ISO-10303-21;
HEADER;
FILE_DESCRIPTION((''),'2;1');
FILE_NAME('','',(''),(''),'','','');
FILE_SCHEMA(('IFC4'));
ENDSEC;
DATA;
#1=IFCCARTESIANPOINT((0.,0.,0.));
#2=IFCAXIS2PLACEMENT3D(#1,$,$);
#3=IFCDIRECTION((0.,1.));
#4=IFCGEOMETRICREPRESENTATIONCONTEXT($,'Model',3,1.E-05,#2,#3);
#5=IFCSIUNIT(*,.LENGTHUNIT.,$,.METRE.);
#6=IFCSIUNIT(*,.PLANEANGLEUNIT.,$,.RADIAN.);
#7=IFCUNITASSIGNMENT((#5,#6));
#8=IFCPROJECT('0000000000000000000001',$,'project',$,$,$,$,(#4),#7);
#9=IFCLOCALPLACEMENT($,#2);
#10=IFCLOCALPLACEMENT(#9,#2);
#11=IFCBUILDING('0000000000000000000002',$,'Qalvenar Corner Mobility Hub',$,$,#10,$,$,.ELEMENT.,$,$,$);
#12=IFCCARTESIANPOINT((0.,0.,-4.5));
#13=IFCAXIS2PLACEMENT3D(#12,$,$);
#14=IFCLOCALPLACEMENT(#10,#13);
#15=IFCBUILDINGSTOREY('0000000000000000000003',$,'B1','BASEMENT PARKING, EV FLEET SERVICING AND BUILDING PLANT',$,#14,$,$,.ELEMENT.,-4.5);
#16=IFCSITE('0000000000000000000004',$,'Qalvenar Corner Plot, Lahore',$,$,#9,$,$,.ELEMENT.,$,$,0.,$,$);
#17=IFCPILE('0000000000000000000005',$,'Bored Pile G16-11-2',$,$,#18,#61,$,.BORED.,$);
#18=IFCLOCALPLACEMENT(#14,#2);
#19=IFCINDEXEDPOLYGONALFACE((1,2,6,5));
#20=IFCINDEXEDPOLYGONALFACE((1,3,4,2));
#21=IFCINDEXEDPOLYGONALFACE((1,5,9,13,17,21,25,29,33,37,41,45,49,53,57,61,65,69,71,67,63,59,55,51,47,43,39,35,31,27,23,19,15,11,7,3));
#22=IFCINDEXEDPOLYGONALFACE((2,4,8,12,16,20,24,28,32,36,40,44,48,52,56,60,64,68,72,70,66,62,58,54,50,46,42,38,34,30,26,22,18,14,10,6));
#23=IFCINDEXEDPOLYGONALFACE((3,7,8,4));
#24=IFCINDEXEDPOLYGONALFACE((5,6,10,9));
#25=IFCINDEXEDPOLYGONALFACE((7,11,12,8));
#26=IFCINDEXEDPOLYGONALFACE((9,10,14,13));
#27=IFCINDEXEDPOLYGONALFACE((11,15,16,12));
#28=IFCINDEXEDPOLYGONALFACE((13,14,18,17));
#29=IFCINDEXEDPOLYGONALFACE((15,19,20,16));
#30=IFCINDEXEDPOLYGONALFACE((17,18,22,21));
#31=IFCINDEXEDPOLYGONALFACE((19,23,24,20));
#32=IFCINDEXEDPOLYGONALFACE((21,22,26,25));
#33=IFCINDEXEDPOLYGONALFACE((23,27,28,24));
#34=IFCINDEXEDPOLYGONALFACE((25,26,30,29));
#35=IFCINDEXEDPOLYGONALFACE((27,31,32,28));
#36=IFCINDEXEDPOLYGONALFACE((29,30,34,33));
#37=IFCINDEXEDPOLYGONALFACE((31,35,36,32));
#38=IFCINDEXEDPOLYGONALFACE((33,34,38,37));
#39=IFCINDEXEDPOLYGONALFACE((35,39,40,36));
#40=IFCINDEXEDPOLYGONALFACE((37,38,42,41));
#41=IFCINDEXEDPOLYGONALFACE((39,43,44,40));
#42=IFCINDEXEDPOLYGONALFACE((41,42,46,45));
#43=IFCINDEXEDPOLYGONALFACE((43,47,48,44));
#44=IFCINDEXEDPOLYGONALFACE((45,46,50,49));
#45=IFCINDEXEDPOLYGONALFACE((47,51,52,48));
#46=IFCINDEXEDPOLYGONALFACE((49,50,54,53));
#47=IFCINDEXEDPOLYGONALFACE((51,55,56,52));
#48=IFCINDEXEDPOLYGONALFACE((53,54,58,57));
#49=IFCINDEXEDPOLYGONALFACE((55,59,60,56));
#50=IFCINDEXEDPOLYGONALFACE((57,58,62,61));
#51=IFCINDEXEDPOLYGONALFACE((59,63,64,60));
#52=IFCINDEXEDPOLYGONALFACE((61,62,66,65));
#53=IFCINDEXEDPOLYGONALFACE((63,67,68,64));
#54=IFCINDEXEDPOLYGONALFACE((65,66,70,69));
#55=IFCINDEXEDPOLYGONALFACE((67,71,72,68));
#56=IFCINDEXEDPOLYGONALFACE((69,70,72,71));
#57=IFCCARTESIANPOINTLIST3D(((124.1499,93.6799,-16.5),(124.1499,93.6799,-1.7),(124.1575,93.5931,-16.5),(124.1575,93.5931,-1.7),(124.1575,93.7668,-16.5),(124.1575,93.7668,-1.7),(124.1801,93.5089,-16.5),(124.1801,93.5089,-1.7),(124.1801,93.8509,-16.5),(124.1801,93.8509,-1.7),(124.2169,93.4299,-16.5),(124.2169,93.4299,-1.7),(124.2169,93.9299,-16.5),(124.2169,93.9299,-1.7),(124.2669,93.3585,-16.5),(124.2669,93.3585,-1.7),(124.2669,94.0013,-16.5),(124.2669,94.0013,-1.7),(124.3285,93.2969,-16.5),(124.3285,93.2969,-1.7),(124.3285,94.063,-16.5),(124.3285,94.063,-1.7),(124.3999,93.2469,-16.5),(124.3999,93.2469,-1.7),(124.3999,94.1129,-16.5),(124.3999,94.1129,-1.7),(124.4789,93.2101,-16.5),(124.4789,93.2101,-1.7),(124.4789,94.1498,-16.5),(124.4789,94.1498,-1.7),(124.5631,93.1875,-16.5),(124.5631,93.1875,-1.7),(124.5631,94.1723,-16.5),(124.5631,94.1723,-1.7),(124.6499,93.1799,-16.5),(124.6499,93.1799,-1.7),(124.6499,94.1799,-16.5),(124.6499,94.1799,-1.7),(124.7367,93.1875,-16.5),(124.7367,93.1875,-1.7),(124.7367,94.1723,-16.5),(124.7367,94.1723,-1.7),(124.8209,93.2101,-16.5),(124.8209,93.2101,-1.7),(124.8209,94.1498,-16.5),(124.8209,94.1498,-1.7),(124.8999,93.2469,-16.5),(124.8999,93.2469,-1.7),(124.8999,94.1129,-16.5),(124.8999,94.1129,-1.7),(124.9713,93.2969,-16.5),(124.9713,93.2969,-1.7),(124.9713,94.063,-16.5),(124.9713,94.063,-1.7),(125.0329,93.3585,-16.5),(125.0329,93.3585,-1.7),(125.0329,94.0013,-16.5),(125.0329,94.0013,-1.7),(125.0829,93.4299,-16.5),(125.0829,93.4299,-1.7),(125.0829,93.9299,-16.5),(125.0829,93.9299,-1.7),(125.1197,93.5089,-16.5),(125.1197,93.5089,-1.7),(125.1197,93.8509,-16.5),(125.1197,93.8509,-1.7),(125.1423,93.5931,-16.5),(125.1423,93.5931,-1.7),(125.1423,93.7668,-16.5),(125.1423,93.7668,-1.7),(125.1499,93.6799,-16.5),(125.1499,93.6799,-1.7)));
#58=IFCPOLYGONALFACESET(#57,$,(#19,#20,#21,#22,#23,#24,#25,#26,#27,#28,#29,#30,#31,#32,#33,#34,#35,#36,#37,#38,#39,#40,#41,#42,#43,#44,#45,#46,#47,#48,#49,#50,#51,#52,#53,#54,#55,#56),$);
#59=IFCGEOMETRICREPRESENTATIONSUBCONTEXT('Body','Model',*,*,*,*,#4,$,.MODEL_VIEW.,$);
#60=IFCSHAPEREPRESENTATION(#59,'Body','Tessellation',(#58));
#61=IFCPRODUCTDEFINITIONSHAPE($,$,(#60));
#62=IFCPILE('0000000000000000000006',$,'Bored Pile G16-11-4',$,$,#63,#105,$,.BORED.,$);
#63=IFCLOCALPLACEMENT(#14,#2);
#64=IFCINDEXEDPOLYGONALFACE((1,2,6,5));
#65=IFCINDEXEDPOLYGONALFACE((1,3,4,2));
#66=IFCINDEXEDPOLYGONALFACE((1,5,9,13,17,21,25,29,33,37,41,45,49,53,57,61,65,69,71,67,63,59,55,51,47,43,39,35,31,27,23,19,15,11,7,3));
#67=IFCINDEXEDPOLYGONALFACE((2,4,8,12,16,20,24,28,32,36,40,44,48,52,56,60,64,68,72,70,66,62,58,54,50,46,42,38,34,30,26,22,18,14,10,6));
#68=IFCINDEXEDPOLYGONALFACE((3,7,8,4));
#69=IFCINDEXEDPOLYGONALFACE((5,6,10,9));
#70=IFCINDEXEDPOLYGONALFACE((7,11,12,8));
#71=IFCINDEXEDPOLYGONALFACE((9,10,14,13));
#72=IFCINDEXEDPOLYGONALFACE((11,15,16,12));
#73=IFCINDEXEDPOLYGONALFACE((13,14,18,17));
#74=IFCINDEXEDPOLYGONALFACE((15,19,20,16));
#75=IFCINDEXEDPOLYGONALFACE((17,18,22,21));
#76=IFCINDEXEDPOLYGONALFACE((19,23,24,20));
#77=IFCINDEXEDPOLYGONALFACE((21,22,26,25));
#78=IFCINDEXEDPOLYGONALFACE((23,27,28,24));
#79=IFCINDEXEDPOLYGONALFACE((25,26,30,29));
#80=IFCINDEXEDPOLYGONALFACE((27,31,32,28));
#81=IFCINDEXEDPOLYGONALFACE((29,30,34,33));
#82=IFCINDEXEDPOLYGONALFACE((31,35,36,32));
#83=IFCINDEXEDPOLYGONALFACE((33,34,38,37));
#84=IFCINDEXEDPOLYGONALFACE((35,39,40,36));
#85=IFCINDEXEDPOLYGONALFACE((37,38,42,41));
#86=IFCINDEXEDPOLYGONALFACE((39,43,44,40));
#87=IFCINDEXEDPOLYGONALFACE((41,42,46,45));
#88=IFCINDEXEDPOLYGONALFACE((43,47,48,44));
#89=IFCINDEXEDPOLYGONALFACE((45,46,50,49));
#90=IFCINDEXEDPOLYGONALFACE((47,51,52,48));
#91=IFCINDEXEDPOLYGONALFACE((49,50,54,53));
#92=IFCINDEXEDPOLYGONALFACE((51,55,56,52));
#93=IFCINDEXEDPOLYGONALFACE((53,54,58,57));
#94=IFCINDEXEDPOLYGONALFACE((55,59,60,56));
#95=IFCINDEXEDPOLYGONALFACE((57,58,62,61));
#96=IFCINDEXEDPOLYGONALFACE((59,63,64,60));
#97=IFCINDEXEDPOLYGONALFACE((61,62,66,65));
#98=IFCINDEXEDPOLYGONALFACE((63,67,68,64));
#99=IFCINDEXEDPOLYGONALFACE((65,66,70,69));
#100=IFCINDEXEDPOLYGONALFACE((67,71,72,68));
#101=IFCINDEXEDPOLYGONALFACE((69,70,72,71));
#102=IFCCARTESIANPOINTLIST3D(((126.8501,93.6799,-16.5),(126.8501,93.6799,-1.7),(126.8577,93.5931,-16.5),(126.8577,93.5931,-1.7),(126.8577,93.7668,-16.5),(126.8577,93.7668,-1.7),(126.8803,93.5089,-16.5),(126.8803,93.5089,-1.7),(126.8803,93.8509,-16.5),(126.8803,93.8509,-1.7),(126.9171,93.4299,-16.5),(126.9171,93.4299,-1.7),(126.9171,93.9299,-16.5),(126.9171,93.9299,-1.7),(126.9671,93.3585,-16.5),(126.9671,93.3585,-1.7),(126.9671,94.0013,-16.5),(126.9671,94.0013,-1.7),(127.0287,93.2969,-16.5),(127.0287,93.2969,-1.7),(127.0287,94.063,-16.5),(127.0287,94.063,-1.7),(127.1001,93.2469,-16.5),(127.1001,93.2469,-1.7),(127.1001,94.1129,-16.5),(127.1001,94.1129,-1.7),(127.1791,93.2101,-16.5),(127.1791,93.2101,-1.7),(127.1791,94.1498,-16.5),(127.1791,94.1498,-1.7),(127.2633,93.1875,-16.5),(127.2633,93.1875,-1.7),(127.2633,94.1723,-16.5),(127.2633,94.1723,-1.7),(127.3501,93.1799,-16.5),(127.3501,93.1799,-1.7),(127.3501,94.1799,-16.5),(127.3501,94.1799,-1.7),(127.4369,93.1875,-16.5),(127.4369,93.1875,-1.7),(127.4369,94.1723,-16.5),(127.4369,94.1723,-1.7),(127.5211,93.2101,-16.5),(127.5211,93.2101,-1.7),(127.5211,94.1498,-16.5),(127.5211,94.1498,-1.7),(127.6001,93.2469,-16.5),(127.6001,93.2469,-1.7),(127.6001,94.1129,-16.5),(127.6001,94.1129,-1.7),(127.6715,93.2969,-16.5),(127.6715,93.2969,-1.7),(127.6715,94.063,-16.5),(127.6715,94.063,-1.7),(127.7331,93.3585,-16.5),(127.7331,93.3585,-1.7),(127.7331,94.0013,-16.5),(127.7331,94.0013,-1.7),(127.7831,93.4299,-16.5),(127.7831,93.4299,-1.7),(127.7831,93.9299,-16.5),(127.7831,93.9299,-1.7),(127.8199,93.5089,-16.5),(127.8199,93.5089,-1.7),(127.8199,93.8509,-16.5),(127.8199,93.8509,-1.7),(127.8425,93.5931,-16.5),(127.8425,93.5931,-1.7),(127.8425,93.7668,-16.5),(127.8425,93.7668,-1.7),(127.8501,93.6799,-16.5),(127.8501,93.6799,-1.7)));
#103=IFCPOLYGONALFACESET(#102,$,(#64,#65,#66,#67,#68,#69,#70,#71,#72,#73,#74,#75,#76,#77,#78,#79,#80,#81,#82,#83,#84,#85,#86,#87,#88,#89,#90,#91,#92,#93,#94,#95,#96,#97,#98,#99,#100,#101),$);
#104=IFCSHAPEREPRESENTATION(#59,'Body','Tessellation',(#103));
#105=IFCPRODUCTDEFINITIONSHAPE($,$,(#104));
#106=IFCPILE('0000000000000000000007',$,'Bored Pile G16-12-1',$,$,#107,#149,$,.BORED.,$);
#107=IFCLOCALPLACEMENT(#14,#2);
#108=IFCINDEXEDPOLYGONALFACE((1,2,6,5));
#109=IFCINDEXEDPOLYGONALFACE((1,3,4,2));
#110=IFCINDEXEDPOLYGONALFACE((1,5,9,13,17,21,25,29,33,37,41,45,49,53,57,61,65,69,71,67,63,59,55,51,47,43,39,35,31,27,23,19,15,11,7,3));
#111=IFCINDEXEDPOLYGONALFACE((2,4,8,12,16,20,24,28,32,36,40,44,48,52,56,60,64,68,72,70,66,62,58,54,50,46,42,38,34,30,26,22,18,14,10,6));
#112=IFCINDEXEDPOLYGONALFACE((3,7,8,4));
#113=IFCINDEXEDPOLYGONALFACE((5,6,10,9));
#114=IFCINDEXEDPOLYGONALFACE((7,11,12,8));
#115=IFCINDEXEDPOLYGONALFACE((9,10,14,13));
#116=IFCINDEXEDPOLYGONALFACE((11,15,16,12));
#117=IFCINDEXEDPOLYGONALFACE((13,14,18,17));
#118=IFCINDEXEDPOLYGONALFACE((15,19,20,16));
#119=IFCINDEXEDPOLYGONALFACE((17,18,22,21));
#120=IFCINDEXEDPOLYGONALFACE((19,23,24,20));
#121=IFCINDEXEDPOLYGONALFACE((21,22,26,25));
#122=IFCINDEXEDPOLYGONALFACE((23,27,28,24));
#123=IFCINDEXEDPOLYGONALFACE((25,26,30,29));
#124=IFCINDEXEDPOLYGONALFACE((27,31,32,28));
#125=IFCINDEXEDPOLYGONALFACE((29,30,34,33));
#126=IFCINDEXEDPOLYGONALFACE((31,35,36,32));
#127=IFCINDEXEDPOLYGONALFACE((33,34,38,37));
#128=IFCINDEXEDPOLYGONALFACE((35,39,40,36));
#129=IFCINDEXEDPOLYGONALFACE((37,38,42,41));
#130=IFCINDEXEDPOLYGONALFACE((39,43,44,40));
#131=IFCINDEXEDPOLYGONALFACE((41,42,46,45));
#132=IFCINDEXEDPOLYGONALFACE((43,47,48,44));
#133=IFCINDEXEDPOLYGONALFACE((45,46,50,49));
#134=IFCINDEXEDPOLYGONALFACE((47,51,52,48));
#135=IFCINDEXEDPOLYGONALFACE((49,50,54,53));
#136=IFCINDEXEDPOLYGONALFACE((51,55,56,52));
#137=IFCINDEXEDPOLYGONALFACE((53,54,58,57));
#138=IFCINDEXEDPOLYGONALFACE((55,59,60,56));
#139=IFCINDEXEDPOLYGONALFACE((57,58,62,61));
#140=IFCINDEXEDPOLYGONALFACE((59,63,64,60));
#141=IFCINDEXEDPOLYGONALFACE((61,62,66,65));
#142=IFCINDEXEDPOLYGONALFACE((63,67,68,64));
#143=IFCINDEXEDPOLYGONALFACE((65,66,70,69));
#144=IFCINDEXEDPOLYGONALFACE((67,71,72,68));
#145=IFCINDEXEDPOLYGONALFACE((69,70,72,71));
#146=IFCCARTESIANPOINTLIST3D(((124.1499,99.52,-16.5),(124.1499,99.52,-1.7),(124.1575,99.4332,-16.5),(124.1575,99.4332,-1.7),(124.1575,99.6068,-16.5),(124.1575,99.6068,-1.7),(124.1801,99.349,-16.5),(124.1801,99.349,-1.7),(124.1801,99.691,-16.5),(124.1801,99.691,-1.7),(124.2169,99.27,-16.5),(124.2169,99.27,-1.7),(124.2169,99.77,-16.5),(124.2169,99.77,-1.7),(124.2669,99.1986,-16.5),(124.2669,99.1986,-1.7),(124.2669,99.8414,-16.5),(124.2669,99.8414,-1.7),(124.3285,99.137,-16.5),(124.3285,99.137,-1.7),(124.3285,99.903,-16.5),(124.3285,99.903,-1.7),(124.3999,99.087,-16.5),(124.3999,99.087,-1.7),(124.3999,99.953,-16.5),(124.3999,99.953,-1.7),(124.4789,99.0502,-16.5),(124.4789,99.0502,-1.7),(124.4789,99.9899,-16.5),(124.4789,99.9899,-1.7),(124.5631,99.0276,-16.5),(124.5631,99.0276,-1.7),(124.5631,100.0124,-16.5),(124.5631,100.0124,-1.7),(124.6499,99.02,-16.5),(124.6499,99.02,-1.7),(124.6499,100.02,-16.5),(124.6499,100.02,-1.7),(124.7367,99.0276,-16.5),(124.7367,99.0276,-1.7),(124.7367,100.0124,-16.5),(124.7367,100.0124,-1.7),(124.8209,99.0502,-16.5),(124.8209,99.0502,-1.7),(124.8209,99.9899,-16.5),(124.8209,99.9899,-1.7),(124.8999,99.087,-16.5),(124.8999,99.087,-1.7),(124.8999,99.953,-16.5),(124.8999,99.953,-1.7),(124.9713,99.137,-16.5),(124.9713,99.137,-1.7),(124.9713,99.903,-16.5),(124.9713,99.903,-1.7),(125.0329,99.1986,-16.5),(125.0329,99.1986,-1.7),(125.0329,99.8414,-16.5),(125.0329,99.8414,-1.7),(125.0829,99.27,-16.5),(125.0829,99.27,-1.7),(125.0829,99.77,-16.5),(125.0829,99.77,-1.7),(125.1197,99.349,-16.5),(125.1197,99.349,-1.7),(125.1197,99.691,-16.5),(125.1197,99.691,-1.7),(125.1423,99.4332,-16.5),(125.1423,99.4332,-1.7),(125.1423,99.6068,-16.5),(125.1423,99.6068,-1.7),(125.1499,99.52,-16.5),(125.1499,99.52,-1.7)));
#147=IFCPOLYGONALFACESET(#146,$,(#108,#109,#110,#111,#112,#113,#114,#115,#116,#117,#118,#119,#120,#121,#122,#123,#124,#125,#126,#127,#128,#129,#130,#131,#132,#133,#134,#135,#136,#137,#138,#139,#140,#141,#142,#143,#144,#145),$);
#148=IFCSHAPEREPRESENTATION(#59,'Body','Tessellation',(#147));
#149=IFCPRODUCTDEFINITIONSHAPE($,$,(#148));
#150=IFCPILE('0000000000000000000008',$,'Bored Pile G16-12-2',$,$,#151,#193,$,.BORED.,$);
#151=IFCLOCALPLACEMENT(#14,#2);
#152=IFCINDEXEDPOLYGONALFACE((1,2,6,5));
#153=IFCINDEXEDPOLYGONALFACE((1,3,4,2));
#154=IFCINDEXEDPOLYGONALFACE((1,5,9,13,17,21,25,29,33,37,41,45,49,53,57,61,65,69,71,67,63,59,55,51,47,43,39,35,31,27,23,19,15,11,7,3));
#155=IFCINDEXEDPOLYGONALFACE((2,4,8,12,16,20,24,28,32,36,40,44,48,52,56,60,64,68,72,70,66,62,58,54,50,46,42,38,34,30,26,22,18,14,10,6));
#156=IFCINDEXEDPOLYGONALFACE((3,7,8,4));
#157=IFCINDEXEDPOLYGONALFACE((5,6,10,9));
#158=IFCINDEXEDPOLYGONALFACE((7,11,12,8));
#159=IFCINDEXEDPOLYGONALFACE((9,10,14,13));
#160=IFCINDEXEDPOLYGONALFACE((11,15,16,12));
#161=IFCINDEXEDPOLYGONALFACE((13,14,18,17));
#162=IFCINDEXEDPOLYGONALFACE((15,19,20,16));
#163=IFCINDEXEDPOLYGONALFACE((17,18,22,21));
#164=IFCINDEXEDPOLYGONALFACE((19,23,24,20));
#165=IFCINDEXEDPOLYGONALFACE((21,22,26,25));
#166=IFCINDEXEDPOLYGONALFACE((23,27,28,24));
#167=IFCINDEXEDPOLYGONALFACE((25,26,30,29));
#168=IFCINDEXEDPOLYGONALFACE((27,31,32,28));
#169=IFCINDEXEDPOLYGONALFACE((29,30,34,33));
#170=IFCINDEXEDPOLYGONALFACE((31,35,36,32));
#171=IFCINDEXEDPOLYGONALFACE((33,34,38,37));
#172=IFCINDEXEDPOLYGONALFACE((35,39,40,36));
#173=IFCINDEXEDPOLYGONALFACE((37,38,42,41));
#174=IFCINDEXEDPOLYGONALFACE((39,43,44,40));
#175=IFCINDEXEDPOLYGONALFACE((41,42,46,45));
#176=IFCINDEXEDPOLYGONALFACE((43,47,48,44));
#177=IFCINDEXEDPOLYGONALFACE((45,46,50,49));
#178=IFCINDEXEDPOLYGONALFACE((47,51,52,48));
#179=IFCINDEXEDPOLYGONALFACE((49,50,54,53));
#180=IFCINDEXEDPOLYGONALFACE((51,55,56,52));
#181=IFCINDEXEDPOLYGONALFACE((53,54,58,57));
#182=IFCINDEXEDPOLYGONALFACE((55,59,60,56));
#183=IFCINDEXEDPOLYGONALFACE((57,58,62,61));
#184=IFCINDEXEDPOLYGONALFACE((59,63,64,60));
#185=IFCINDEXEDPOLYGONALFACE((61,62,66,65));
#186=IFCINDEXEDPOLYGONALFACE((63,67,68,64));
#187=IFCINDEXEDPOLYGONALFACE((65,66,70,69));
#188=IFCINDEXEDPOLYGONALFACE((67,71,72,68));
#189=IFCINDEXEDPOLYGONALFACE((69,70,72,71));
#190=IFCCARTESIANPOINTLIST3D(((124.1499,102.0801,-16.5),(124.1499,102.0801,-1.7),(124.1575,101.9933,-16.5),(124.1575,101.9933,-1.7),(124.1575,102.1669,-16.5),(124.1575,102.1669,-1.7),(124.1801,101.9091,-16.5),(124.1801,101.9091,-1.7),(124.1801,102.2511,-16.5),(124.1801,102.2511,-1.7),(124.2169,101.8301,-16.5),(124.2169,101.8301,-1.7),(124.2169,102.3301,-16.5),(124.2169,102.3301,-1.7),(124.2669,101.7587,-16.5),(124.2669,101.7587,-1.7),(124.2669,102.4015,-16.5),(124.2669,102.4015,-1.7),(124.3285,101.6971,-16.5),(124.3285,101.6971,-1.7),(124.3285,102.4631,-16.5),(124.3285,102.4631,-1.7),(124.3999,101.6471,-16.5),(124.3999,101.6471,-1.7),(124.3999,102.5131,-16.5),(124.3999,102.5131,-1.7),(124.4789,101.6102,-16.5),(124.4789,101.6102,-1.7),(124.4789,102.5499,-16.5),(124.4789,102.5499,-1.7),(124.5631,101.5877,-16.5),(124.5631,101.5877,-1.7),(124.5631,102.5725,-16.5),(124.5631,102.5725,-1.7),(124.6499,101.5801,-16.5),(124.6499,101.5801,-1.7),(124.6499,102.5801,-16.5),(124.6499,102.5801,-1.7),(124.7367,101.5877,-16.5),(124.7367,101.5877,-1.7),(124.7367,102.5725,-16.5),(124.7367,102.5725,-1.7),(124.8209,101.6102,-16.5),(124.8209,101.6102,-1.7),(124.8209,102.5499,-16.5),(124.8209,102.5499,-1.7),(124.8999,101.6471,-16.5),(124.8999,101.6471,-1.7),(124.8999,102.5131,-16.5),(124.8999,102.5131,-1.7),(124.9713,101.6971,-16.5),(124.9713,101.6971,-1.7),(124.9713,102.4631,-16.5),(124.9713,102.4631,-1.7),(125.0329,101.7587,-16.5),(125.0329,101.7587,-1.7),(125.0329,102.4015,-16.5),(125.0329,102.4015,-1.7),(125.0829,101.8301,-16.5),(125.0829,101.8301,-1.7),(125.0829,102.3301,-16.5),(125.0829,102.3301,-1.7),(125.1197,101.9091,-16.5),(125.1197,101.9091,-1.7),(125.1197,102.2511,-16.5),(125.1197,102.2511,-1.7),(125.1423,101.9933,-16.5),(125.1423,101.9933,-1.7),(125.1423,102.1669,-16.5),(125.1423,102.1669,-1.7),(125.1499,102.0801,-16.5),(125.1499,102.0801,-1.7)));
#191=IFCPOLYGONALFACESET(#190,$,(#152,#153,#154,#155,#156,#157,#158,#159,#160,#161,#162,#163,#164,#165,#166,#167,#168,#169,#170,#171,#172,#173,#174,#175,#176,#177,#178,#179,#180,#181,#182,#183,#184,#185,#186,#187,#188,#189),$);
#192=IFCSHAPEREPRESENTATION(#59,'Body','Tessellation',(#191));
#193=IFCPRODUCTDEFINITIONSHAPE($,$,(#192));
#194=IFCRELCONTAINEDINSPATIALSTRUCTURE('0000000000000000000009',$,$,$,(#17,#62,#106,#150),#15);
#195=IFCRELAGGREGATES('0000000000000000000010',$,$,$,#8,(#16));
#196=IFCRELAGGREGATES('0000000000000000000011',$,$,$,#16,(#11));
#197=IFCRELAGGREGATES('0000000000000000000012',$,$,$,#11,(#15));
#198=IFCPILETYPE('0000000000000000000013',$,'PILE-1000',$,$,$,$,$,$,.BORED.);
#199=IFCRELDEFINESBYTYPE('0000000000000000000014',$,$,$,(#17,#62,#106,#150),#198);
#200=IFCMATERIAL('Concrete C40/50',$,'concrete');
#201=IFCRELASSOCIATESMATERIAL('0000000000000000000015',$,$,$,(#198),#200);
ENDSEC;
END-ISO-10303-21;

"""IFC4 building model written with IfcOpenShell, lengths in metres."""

from ifc_helpers import new_model, si_unit, direction, frame, origin, origin_2d, place, context, subcontext, project, spatial, circle, extrude, material, material_profile, profile_set, type_object, element, save


model = new_model("IFC4")

# Units and contexts
model_context = context("Model", 3, precision=1e-05, world=origin(), true_north=direction((0.0, 1.0)))
body_context = subcontext(model_context, "Body", "Model", "MODEL_VIEW")
ifc_project = project(units=[si_unit("LENGTHUNIT", "METRE"), si_unit("PLANEANGLEUNIT", "RADIAN")], contexts=[model_context])

# Site, building, storey
site_placement = place(None, origin())
site = spatial("IfcSite", under=ifc_project, at=site_placement, Name="Qalvenar Corner Plot, Lahore", CompositionType="ELEMENT", RefElevation=0.0)
building_placement = place(site_placement, origin())
building = spatial("IfcBuilding", under=site, at=building_placement, Name="Qalvenar Corner Mobility Hub", CompositionType="ELEMENT")
storey_placement = place(building_placement, frame((0.0, 0.0, -4.5)))
storey = spatial("IfcBuildingStorey", under=building, at=storey_placement, Name="B1", Description="BASEMENT PARKING, EV FLEET SERVICING AND BUILDING PLANT", CompositionType="ELEMENT", Elevation=-4.5)

# Shared definitions
ifc_material_1 = material(Name="Concrete C40/50", Category="concrete")

# Piles
ifc_material_profile_1 = material_profile(ifc_material_1, circle(Radius=0.5, at=origin_2d()), Name="DIA1000")
ifc_profile_set_1 = profile_set([ifc_material_profile_1], Name="Concrete C40/50")
pile_type_1 = type_object("IfcPileType", Name="PILE-1000", PredefinedType="BORED", material=ifc_profile_set_1)
for number, where, z_axis, x_axis, name in (
    (1, (124.6499, 93.6799, -1.7), (0.0, 0.0, -1.0), (1.0, 0.0, 0.0), "Bored Pile G16-11-2"),
    (2, (127.3501, 93.6799, -1.7), (0.0, 0.0, -1.0), (1.0, 0.0, 0.0), "Bored Pile G16-11-4"),
    (3, (124.6499, 99.52, -1.7), (0.0, 0.0, -1.0), (1.0, 0.0, 0.0), "Bored Pile G16-12-1"),
    (4, (124.6499, 102.0801, -1.7), (0.0, 0.0, -1.0), (1.0, 0.0, 0.0), "Bored Pile G16-12-2"),
):
    element("IfcPile", number, at=place(storey_placement, frame(where, z_axis=z_axis, x_axis=x_axis)), inside=storey, type_object=pile_type_1, Name=name, PredefinedType="BORED", context=body_context, shape_type="SweptSolid", body=[
        extrude(circle(Radius=0.5, at=origin_2d()), origin(), (0.0, 0.0, 1.0), 14.8),
    ])

save(model, "model.ifc")
